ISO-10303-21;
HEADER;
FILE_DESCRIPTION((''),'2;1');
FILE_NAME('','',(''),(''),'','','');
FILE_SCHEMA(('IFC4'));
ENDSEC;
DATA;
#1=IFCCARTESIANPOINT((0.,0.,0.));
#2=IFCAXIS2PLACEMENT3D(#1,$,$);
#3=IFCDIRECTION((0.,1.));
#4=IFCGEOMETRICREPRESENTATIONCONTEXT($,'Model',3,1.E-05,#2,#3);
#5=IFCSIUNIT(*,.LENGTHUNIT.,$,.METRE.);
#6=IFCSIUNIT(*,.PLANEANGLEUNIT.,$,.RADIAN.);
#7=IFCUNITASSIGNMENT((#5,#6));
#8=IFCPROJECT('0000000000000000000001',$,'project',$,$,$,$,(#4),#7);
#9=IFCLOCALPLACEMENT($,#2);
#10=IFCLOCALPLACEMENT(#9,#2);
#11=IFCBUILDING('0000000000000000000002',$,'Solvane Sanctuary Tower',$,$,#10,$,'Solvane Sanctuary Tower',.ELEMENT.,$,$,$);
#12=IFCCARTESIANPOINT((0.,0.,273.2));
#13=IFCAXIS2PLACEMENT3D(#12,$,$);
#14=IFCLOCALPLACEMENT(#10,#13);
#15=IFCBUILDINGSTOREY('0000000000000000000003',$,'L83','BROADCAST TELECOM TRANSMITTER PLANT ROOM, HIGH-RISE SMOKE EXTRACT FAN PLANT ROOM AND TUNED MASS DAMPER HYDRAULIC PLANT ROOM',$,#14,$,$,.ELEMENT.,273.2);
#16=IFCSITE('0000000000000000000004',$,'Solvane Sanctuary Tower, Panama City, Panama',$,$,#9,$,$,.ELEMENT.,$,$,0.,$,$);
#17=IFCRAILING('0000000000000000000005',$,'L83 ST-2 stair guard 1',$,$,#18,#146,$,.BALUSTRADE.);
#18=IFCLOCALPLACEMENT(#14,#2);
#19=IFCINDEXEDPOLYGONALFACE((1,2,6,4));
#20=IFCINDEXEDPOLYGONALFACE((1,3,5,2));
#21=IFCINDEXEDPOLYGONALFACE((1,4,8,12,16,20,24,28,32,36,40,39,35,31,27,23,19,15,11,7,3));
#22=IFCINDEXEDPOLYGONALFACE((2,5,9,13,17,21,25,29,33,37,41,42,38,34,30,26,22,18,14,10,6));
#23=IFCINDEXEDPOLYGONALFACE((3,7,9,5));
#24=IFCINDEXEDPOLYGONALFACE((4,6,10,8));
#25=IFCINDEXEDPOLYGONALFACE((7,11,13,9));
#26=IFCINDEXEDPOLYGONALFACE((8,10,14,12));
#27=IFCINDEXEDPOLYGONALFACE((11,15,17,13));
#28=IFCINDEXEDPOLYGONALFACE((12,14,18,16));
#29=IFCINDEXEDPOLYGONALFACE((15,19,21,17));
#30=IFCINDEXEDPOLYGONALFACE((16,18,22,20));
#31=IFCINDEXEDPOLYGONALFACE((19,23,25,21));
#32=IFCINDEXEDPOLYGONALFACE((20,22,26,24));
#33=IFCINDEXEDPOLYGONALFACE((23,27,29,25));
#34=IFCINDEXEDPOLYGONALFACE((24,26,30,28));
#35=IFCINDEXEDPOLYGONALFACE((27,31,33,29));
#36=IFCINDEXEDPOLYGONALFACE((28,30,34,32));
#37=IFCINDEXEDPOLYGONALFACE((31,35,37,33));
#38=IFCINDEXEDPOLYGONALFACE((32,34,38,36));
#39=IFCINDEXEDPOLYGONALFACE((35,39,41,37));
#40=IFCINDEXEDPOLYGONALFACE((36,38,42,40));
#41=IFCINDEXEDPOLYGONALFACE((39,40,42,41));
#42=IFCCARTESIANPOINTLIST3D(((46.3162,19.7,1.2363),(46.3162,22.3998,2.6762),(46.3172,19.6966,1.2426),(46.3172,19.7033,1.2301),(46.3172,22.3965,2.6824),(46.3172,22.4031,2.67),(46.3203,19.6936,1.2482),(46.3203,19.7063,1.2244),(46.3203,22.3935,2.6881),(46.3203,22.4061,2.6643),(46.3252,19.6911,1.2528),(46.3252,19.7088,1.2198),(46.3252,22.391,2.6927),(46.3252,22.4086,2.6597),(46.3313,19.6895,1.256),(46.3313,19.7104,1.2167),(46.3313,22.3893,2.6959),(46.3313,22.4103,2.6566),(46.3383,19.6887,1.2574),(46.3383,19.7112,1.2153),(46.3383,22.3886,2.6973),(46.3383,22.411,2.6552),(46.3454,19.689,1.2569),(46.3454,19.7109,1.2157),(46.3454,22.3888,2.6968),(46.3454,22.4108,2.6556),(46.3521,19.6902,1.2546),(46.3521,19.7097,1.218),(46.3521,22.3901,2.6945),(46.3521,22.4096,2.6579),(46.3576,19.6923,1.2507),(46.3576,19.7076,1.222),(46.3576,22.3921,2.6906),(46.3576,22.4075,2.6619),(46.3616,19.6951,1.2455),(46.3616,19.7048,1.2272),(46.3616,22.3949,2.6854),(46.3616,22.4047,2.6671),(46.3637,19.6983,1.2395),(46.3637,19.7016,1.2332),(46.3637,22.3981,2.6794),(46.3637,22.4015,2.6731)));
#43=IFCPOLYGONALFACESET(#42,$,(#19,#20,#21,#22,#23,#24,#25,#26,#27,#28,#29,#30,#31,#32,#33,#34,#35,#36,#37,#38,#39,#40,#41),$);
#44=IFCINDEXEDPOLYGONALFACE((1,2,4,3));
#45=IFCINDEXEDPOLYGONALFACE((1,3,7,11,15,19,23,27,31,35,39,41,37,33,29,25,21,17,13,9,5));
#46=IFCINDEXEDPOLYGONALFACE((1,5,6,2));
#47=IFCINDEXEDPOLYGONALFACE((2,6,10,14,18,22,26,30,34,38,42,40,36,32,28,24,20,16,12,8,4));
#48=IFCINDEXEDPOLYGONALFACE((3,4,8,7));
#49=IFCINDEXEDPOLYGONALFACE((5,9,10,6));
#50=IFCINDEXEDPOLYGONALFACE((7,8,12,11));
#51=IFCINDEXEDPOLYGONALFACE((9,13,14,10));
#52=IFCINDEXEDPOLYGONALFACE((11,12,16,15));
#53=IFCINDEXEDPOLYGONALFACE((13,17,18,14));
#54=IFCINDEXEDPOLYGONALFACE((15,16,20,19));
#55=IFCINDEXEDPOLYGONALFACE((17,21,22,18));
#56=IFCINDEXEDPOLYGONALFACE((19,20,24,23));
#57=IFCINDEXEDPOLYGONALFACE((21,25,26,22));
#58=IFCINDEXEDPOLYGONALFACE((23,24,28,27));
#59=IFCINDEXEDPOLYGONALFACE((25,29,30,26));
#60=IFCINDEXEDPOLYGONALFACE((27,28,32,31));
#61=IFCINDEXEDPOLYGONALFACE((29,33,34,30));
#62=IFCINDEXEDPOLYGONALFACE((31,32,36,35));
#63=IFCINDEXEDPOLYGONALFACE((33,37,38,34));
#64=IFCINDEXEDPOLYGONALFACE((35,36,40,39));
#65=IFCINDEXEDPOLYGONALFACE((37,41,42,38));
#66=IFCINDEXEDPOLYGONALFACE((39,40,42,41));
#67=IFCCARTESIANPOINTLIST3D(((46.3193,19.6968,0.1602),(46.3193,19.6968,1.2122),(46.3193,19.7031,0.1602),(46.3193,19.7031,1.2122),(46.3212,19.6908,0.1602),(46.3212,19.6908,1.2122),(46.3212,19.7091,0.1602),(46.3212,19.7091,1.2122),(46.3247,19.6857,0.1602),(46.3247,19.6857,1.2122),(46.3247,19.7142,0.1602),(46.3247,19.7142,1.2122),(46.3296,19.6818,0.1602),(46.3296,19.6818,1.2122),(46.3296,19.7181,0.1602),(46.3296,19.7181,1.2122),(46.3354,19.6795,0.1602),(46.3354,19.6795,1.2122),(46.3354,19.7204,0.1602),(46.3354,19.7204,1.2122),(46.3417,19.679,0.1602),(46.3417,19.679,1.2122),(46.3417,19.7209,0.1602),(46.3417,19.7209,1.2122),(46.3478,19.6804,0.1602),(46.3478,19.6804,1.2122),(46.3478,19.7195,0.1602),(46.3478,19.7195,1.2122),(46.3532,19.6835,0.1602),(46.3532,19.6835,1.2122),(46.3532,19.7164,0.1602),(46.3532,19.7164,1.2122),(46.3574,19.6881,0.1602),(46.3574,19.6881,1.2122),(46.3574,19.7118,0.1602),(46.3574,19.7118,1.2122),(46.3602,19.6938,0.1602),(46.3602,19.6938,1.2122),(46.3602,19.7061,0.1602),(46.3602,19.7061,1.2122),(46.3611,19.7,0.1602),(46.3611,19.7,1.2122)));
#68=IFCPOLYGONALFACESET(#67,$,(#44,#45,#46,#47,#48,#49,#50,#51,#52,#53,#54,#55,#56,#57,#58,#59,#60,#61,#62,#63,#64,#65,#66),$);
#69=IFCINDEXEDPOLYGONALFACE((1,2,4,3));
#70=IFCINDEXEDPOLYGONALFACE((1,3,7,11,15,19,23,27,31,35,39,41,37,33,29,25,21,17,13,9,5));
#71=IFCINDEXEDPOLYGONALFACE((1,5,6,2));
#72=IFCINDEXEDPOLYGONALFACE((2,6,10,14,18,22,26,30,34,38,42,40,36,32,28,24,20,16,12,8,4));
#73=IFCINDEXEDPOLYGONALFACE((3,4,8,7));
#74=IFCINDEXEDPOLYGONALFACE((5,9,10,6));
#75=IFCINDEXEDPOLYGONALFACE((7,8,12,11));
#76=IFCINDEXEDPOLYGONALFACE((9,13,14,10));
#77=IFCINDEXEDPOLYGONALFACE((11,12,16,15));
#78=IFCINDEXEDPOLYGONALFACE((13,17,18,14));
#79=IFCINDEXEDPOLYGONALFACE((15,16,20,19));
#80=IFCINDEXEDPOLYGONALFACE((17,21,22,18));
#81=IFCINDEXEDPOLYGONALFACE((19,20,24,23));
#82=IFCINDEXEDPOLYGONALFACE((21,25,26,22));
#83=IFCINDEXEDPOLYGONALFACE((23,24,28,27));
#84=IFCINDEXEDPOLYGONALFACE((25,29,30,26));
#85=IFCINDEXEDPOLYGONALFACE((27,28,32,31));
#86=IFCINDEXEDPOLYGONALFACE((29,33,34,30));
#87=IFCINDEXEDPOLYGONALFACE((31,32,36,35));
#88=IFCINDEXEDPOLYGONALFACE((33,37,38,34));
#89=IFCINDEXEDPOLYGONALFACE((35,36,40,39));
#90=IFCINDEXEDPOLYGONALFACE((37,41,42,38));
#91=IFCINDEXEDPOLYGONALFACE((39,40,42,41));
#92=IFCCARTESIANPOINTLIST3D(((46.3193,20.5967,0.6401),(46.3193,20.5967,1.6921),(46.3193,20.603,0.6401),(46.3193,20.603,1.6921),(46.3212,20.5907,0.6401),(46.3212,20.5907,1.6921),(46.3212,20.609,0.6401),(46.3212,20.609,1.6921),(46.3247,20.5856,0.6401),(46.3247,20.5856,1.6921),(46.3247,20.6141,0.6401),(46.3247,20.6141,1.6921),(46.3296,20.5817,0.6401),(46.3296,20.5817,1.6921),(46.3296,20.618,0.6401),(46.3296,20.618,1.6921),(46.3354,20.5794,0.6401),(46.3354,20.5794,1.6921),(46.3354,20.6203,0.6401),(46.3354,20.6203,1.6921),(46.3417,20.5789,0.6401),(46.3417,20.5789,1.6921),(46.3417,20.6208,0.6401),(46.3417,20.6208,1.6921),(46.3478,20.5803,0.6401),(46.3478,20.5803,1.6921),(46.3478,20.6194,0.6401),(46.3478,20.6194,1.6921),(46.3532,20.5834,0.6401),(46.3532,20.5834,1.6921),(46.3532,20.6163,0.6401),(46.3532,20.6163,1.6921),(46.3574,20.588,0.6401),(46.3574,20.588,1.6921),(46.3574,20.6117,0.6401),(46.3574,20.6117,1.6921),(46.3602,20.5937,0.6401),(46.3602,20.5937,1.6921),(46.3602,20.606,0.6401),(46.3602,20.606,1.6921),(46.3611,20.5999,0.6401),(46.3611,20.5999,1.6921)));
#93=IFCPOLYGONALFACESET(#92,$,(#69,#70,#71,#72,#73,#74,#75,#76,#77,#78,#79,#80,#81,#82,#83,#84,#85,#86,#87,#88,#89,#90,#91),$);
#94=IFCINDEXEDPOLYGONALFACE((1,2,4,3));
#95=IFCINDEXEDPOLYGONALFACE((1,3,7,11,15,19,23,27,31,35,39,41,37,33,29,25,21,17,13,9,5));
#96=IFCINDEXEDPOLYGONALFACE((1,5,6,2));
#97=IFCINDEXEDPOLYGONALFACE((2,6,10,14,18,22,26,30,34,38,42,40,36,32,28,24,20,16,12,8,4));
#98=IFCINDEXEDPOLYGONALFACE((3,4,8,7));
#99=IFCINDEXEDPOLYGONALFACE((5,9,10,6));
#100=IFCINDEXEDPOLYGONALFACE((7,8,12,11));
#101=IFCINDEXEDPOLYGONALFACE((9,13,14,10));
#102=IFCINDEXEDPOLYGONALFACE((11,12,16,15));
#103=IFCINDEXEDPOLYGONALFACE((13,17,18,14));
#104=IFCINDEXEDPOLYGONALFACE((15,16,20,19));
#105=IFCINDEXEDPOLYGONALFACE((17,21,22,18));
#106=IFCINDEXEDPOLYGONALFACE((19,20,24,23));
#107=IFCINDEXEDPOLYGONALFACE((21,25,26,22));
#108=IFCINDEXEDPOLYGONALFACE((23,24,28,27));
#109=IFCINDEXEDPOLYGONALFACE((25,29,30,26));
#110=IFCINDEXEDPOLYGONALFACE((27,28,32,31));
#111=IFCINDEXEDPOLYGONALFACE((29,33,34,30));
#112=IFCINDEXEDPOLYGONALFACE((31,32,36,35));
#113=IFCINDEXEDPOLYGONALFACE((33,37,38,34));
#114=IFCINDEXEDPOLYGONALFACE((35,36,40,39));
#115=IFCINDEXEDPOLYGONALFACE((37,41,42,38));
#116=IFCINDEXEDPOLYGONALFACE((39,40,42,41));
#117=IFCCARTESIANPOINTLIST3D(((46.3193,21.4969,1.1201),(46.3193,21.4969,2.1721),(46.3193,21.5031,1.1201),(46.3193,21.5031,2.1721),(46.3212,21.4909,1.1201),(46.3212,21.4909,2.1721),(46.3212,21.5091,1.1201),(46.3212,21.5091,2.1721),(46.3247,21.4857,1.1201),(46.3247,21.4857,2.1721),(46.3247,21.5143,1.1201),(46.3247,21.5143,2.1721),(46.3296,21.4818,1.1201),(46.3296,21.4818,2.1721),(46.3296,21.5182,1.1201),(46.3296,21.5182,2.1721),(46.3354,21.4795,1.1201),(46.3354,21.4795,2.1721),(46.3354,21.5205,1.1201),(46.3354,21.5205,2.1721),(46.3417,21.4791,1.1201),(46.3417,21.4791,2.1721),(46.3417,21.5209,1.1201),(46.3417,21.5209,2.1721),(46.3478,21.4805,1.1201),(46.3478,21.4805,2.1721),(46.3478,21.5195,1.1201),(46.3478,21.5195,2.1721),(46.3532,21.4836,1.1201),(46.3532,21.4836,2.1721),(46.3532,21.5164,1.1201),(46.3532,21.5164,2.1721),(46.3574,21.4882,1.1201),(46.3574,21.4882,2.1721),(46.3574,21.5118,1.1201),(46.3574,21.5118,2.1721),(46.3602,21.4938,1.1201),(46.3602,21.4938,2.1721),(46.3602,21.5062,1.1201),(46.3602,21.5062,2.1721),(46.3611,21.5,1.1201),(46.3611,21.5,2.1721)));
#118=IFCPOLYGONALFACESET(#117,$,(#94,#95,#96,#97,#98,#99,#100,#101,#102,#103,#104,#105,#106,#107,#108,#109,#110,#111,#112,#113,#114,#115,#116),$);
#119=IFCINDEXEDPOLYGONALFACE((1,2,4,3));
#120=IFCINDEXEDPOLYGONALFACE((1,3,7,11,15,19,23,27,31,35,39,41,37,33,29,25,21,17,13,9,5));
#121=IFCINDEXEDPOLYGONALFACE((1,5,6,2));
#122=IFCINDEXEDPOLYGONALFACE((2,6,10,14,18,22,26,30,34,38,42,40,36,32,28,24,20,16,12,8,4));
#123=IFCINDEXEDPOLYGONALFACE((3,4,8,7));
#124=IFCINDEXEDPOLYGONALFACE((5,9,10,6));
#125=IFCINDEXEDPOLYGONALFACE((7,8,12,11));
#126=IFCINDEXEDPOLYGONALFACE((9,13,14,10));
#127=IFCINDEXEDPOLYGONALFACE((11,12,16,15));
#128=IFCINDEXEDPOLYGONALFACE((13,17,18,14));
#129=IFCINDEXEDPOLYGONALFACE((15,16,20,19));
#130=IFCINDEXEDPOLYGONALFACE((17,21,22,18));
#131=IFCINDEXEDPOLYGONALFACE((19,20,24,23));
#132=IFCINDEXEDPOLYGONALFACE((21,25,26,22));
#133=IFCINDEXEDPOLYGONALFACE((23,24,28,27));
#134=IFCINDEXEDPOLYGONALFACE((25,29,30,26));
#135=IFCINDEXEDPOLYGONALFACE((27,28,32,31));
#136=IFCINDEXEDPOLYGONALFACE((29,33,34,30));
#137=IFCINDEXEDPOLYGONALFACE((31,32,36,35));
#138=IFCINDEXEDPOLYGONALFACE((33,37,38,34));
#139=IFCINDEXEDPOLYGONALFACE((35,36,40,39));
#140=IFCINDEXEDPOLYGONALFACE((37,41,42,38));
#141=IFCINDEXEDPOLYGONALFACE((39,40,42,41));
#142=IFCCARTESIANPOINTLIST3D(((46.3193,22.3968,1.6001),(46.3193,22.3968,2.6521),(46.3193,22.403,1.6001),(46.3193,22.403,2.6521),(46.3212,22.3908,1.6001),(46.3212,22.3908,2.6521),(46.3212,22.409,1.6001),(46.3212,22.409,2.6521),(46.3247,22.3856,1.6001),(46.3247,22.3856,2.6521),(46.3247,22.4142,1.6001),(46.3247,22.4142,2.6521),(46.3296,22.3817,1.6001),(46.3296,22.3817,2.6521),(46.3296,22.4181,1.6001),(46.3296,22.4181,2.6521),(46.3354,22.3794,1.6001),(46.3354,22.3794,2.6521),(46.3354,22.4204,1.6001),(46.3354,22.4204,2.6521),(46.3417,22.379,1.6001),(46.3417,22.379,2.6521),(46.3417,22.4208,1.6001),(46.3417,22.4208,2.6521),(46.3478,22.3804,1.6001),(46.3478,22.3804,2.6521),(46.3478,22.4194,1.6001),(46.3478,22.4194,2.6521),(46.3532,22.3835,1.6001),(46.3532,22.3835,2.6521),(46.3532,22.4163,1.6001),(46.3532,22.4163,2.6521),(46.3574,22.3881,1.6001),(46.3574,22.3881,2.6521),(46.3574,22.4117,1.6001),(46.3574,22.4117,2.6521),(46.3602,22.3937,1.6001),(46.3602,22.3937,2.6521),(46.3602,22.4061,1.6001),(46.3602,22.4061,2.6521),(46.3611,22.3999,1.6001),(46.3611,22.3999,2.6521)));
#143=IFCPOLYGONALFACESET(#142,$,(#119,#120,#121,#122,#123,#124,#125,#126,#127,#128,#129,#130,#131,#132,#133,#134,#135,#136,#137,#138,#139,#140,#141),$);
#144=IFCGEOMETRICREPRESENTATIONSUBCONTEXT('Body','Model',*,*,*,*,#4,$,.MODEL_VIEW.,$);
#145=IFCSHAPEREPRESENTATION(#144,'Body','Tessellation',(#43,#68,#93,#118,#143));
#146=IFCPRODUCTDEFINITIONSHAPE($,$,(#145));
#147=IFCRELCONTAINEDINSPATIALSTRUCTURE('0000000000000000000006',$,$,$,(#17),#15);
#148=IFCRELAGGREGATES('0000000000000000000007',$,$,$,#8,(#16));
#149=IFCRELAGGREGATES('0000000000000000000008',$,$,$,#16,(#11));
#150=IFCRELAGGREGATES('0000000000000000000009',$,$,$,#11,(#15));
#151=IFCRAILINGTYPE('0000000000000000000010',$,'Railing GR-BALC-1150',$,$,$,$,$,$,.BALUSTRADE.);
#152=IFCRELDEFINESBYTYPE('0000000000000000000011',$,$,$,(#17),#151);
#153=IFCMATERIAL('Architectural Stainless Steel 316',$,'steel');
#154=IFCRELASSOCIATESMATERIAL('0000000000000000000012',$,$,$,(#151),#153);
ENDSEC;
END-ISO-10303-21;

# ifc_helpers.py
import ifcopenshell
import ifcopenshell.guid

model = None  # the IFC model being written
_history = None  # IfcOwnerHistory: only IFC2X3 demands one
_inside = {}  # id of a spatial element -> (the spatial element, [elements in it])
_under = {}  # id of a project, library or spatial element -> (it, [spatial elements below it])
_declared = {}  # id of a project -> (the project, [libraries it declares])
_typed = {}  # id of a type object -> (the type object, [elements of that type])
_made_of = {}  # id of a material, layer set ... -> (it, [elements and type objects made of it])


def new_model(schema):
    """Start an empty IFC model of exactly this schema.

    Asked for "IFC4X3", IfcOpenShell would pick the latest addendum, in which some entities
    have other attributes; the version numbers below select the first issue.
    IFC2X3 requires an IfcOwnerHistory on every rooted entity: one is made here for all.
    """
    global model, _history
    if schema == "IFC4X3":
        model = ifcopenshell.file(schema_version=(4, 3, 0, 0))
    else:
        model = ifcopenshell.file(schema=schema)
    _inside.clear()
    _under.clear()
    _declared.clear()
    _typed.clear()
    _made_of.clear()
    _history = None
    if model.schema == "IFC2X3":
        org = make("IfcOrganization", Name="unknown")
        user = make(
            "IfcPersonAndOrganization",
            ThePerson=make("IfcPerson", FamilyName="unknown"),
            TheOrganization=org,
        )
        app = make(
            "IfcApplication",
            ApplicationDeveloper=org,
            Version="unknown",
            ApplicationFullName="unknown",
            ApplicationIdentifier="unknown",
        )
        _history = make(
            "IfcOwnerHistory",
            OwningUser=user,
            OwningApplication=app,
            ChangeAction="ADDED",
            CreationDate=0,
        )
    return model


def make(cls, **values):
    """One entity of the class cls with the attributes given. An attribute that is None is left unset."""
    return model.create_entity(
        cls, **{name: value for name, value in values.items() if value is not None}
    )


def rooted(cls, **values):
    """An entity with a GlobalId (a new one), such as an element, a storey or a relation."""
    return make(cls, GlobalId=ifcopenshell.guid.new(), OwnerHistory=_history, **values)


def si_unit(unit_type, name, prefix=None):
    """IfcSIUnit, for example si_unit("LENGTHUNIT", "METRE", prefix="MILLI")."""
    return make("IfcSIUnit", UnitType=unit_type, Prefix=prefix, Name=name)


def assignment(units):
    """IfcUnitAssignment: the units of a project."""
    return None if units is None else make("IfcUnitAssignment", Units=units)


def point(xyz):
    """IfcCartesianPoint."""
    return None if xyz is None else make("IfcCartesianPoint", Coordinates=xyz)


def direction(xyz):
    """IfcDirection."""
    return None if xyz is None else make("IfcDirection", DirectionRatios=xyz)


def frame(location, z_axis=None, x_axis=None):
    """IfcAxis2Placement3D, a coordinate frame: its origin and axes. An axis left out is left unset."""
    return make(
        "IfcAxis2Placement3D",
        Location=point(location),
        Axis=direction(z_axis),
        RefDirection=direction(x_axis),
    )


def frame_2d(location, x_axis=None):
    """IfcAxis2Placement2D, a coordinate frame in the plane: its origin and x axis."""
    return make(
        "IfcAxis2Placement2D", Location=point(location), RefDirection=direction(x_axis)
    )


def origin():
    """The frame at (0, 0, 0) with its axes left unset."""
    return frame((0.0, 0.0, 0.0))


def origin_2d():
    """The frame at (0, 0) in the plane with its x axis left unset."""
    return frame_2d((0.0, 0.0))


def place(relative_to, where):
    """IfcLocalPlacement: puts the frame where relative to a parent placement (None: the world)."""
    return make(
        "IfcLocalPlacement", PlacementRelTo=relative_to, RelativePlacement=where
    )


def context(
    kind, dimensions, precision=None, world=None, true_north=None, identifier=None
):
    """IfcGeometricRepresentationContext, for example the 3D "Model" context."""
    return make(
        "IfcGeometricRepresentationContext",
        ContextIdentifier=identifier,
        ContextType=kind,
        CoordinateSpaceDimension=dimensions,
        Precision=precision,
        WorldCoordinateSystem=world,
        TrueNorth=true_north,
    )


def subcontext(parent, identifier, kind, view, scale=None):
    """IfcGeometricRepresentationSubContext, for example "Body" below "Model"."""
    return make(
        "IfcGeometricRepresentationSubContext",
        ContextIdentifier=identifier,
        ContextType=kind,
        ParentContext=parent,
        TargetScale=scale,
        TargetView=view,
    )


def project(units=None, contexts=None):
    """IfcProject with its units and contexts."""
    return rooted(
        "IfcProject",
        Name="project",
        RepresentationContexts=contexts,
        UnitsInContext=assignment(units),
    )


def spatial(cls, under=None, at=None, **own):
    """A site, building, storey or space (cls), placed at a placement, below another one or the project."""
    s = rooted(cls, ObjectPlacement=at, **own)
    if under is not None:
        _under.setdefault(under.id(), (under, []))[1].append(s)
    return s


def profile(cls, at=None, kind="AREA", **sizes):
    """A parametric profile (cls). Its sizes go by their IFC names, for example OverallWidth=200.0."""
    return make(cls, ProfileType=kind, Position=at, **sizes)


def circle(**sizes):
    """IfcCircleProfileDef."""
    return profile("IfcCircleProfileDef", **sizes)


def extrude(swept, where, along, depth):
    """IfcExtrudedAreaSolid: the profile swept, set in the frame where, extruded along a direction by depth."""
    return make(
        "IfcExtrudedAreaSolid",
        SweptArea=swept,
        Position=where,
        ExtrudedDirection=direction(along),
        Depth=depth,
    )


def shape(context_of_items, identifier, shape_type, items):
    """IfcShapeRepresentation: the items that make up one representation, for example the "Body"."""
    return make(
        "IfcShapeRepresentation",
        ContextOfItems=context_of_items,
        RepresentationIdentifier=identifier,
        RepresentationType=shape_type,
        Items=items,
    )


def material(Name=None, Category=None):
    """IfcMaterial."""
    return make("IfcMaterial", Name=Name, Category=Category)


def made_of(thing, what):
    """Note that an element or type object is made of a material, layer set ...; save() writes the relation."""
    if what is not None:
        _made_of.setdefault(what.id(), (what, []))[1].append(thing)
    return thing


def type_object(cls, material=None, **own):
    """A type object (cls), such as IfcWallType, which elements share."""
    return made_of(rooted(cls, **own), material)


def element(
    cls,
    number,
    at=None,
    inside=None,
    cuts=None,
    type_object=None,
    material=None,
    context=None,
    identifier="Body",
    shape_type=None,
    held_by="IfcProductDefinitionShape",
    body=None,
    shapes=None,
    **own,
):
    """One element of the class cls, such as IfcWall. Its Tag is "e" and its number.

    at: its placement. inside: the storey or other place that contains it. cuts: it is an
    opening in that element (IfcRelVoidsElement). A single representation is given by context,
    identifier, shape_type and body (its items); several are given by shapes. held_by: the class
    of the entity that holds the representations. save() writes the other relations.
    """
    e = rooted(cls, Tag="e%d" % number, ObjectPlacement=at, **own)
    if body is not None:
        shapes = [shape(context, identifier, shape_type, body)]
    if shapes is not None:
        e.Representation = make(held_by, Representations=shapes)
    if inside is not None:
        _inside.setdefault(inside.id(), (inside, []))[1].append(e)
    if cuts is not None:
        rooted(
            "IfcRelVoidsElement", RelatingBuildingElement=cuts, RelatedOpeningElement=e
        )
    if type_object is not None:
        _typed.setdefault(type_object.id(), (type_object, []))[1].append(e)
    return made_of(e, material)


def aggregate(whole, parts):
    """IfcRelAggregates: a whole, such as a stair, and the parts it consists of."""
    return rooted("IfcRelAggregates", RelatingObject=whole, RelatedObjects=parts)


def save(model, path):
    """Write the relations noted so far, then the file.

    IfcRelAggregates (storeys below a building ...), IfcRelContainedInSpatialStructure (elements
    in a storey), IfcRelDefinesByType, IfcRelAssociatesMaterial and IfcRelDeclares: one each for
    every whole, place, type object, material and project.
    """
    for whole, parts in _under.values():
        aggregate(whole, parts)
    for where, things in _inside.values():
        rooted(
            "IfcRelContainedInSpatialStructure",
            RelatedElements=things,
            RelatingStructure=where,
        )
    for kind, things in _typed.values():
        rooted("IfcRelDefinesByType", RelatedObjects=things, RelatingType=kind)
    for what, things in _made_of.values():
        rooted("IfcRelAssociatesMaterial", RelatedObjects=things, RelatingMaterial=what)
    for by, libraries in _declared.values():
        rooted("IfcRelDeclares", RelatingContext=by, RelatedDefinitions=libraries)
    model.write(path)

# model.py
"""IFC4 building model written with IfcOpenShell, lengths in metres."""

from ifc_helpers import new_model, si_unit, direction, frame, origin, origin_2d, place, context, subcontext, project, spatial, circle, extrude, material, type_object, element, save


model = new_model("IFC4")

# Units and contexts
model_context = context("Model", 3, precision=1e-05, world=origin(), true_north=direction((0.0, 1.0)))
body_context = subcontext(model_context, "Body", "Model", "MODEL_VIEW")
ifc_project = project(units=[si_unit("LENGTHUNIT", "METRE"), si_unit("PLANEANGLEUNIT", "RADIAN")], contexts=[model_context])

# Site, building, storey
site_placement = place(None, origin())
site = spatial("IfcSite", under=ifc_project, at=site_placement, Name="Solvane Sanctuary Tower, Panama City, Panama", CompositionType="ELEMENT", RefElevation=0.0)
building_placement = place(site_placement, origin())
building = spatial("IfcBuilding", under=site, at=building_placement, Name="Solvane Sanctuary Tower", LongName="Solvane Sanctuary Tower", CompositionType="ELEMENT")
storey_placement = place(building_placement, frame((0.0, 0.0, 273.2)))
storey = spatial("IfcBuildingStorey", under=building, at=storey_placement, Name="L83", Description="BROADCAST TELECOM TRANSMITTER PLANT ROOM, HIGH-RISE SMOKE EXTRACT FAN PLANT ROOM AND TUNED MASS DAMPER HYDRAULIC PLANT ROOM", CompositionType="ELEMENT", Elevation=273.2)

# Shared definitions
ifc_material_1 = material(Name="Architectural Stainless Steel 316", Category="steel")

# Railing
railing_type_1 = type_object("IfcRailingType", Name="Railing GR-BALC-1150", PredefinedType="BALUSTRADE", material=ifc_material_1)
railing_1_placement = place(storey_placement, frame((46.3401, 19.7, 0.1602)))
element("IfcRailing", 1, at=railing_1_placement, inside=storey, type_object=railing_type_1, Name="L83 ST-2 stair guard 1", PredefinedType="BALUSTRADE", context=body_context, shape_type="SweptSolid", body=[
    extrude(circle(Radius=0.0239, at=origin_2d()), frame((0.0, 0.0, 1.0762), z_axis=(0.0, 0.882357, 0.47058), x_axis=(-1.0, 0.0, 0.0)), (0.0, 0.0, 1.0), 3.0598),
    extrude(circle(Radius=0.021, at=origin_2d()), origin(), (0.0, 0.0, 1.0), 1.052),
    extrude(circle(Radius=0.021, at=origin_2d()), frame((0.0, 0.8999, 0.48)), (0.0, 0.0, 1.0), 1.052),
    extrude(circle(Radius=0.021, at=origin_2d()), frame((0.0, 1.8, 0.96)), (0.0, 0.0, 1.0), 1.052),
    extrude(circle(Radius=0.021, at=origin_2d()), frame((0.0, 2.7, 1.4399)), (0.0, 0.0, 1.0), 1.052),
])

save(model, "model.ifc")
